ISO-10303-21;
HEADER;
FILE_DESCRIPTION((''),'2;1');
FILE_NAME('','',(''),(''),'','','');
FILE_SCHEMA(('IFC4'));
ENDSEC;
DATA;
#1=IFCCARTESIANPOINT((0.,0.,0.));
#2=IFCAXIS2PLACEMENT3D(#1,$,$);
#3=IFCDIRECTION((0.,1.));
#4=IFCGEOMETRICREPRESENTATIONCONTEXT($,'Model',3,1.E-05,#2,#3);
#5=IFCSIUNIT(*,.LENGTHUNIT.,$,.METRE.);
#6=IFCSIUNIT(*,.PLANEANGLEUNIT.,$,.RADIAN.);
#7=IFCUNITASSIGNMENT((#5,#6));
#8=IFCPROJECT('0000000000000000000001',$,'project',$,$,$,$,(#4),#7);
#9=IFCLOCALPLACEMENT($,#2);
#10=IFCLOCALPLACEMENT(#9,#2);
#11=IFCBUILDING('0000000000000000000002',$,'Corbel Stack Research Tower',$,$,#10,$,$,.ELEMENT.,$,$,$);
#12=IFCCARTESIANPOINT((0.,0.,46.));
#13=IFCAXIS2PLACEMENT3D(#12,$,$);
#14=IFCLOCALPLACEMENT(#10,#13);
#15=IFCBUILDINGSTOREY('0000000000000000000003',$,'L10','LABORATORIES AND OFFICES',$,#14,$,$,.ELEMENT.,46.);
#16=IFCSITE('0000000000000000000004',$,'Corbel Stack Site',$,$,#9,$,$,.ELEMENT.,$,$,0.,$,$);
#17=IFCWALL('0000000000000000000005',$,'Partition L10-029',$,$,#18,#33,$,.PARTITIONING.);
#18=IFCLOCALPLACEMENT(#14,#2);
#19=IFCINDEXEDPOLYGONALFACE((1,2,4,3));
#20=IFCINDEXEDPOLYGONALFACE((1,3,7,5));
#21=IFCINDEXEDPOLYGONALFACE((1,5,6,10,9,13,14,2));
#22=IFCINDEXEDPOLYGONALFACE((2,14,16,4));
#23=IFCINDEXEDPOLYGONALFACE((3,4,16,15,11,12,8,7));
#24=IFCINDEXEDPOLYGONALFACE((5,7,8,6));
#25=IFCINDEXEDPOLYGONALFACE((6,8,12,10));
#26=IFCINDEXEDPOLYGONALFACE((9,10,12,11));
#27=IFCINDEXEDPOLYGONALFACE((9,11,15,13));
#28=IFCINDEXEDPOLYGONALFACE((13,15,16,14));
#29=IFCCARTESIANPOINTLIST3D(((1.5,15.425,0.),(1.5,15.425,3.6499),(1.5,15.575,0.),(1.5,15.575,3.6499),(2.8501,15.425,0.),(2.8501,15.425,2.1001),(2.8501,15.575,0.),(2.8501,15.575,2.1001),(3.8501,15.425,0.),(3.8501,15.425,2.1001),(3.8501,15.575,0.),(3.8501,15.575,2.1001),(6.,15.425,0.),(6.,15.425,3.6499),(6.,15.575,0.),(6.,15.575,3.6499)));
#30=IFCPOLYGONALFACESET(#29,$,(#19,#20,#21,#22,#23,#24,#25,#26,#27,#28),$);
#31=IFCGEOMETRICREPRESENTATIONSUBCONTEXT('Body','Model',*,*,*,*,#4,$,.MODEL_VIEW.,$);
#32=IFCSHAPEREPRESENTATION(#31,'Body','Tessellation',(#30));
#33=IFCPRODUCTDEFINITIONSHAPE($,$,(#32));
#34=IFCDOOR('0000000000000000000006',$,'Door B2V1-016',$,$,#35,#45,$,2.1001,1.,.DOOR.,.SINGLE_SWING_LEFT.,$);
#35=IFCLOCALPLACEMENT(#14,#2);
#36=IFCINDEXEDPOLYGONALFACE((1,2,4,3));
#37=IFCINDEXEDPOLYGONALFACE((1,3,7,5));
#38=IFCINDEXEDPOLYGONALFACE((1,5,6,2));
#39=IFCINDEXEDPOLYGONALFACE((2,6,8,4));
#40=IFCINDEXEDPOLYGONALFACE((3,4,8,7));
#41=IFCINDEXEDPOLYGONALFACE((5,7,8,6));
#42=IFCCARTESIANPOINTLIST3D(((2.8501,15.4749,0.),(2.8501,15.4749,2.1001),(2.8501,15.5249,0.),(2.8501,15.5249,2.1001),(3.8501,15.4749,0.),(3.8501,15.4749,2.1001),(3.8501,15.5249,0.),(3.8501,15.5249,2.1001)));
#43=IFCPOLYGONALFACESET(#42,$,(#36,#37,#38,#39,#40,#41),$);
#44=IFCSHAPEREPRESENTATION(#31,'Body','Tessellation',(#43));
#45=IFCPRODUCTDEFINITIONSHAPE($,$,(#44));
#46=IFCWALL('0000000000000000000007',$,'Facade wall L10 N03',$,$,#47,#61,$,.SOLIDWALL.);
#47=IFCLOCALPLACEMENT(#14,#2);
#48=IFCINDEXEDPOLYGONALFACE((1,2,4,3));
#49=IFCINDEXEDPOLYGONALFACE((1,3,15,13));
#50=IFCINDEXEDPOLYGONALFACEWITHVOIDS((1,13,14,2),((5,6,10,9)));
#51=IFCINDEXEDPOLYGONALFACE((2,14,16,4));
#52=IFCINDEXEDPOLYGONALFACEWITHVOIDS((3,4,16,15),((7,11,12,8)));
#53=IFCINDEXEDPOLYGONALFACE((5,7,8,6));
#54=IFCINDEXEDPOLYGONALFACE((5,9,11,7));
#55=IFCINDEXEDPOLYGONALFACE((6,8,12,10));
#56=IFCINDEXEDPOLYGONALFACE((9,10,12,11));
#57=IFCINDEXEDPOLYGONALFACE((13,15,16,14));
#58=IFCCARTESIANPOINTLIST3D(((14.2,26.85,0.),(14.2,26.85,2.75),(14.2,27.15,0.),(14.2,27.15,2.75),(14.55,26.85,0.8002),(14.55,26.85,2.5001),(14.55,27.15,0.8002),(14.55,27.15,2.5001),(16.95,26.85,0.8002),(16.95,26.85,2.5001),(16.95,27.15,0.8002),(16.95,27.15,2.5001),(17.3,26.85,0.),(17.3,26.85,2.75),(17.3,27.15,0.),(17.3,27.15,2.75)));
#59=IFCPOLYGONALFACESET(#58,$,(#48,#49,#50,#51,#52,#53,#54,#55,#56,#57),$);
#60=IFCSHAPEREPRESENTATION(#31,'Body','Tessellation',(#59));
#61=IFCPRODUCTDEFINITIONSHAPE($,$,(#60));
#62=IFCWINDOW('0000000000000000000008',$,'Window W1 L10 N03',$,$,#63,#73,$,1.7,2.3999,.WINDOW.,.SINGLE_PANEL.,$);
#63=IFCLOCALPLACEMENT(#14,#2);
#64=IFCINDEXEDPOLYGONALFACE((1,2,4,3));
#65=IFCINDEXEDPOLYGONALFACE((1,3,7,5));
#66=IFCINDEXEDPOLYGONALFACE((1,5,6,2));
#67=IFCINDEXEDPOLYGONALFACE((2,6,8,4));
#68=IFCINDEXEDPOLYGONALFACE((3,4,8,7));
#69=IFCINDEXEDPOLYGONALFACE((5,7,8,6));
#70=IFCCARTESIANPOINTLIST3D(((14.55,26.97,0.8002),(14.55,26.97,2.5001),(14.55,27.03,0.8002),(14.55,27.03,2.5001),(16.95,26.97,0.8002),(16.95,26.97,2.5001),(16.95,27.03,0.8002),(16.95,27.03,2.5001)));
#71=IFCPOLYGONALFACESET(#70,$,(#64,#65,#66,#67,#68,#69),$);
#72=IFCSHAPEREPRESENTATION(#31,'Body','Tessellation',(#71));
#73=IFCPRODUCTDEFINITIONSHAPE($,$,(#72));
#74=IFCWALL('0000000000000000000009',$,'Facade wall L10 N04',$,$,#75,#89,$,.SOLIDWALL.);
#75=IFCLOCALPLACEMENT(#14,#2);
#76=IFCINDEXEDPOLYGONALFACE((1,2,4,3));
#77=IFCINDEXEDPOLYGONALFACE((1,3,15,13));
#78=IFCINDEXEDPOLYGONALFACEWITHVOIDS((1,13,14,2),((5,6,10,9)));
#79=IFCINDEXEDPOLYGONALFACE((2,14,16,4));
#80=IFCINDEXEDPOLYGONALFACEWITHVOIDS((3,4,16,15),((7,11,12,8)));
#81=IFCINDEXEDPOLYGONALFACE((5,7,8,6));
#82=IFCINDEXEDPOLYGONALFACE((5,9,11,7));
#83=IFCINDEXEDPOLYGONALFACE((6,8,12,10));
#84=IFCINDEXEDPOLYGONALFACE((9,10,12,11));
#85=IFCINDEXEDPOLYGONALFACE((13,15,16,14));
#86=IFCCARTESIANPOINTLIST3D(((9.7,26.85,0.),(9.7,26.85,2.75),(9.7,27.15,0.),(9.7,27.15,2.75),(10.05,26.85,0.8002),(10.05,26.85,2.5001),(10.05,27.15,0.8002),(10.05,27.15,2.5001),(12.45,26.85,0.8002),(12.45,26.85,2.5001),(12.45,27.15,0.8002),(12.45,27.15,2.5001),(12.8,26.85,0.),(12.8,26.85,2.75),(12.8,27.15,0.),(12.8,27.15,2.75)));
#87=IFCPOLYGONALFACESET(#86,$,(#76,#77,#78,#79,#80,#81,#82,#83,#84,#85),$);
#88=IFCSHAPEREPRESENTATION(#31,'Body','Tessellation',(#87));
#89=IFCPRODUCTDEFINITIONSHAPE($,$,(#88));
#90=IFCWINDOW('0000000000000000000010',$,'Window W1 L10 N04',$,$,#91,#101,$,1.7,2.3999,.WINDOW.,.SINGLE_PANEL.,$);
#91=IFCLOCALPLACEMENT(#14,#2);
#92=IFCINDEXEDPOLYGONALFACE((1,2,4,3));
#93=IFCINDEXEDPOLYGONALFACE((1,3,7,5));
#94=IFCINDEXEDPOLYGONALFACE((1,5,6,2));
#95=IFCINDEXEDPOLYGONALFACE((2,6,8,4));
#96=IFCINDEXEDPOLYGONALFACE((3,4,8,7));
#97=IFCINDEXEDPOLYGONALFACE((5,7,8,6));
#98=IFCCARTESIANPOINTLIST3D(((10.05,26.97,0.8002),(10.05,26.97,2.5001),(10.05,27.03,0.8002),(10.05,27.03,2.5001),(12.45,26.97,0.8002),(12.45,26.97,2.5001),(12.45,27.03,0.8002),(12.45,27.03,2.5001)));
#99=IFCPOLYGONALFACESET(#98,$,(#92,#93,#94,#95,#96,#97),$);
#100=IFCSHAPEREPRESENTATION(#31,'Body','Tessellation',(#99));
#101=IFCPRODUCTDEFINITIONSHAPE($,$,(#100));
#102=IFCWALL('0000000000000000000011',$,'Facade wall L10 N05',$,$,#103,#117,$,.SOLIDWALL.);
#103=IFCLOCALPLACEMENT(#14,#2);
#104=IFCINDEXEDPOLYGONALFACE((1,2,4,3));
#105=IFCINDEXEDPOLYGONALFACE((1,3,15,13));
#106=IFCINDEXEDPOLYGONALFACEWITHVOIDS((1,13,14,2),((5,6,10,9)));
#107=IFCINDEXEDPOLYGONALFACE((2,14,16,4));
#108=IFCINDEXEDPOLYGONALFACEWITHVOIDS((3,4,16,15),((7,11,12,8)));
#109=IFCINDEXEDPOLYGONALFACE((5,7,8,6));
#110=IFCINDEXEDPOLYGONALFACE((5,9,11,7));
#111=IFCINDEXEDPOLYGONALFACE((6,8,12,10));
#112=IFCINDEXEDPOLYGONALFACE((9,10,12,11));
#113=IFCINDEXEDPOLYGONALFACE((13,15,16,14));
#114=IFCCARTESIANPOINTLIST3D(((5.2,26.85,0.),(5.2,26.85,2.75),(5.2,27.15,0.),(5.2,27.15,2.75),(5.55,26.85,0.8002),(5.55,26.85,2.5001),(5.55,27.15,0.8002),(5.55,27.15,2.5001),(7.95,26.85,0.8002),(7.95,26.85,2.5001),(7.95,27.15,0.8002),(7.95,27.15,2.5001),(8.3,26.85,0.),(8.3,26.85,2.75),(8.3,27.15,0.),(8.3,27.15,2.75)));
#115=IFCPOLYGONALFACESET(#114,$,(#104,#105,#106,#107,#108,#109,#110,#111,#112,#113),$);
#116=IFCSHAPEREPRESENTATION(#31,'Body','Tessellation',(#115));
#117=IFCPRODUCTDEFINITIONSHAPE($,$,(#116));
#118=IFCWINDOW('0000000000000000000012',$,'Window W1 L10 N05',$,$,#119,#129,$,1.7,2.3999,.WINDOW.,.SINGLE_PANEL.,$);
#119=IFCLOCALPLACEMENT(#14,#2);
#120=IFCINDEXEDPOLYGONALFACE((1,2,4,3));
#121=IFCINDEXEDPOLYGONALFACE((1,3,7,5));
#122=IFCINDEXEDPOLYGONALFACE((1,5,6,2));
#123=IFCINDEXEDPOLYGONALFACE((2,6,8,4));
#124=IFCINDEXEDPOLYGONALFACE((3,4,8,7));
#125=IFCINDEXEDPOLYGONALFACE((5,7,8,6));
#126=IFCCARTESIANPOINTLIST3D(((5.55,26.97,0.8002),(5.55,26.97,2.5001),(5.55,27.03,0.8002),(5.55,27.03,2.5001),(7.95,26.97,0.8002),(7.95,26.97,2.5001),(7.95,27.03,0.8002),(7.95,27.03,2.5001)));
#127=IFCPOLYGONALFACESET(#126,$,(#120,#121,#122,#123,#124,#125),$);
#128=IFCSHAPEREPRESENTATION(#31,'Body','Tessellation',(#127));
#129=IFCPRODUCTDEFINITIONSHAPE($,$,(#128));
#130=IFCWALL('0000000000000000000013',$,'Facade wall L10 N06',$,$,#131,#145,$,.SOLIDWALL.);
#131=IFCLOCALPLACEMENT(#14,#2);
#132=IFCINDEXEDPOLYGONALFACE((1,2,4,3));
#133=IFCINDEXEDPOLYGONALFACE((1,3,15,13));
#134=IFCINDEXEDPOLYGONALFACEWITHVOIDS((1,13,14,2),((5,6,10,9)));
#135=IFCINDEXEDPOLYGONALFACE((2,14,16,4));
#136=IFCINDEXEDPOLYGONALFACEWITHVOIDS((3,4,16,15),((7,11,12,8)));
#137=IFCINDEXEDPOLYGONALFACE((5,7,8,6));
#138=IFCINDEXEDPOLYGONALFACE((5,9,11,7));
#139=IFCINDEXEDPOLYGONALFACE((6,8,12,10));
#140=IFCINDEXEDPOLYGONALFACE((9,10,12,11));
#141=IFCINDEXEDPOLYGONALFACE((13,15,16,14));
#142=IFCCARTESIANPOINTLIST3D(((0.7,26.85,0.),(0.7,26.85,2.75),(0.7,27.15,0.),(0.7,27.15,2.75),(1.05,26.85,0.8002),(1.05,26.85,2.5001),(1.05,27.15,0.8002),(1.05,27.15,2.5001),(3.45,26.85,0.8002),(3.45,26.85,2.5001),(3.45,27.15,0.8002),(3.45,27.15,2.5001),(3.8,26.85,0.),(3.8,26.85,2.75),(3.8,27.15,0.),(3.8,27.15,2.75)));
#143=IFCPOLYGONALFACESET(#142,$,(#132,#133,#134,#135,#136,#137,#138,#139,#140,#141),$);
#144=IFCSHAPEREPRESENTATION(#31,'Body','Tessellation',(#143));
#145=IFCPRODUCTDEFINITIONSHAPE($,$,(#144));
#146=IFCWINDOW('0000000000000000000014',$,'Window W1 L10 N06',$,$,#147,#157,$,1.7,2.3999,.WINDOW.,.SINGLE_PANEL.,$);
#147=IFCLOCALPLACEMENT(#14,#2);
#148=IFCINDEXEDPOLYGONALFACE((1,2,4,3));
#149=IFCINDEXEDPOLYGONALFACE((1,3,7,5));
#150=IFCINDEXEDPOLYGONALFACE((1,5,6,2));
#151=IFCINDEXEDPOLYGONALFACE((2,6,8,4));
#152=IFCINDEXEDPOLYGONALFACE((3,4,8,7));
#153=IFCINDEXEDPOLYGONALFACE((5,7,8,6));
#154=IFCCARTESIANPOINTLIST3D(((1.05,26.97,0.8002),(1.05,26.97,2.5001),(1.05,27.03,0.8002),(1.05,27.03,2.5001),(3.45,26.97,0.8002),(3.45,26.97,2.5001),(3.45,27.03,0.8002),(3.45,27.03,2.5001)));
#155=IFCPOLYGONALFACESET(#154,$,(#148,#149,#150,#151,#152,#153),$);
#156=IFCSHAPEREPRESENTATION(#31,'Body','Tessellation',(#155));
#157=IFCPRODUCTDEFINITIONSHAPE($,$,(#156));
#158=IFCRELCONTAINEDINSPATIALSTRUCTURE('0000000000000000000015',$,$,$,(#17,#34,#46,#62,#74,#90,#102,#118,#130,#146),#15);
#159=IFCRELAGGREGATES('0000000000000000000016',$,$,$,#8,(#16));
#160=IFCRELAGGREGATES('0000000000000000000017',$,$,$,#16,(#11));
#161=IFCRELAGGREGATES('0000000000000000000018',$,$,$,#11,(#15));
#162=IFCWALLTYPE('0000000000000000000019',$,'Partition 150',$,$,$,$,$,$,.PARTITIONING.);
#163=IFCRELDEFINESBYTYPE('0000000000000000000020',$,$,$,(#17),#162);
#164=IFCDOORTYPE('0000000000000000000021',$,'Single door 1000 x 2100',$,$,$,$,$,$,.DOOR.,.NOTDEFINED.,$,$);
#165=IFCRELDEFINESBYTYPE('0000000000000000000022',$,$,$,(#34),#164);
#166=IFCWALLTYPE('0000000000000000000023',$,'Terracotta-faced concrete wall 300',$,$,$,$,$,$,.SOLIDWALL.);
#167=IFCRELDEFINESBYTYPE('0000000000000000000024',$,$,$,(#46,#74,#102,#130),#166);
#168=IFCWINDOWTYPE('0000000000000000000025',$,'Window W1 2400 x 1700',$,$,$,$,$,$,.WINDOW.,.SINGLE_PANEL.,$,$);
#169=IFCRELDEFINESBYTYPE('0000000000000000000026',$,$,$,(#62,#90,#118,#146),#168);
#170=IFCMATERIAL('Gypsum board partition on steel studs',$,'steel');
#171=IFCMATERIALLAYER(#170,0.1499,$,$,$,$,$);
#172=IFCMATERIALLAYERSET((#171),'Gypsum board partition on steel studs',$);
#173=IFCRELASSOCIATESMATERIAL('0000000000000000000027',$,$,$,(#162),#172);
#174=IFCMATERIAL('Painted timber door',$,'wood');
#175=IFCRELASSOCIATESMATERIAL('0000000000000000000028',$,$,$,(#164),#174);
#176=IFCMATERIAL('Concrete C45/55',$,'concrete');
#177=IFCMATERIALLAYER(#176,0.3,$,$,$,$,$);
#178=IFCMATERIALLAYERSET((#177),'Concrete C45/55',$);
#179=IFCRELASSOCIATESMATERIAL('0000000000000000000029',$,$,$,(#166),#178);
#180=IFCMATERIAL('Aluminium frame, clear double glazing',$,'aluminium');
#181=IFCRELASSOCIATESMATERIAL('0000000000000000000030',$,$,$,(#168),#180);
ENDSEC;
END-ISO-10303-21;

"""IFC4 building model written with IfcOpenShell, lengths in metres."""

from ifc_helpers import new_model, si_unit, direction, frame, frame_2d, origin, place, context, subcontext, project, spatial, rectangle, extrude, material, layer, layer_set, type_object, element, fill, save


model = new_model("IFC4")

# Units and contexts
model_context = context("Model", 3, precision=1e-05, world=origin(), true_north=direction((0.0, 1.0)))
body_context = subcontext(model_context, "Body", "Model", "MODEL_VIEW")
ifc_project = project(units=[si_unit("LENGTHUNIT", "METRE"), si_unit("PLANEANGLEUNIT", "RADIAN")], contexts=[model_context])

# Site, building, storey
site_placement = place(None, origin())
site = spatial("IfcSite", under=ifc_project, at=site_placement, Name="Corbel Stack Site", CompositionType="ELEMENT", RefElevation=0.0)
building_placement = place(site_placement, origin())
building = spatial("IfcBuilding", under=site, at=building_placement, Name="Corbel Stack Research Tower", CompositionType="ELEMENT")
storey_placement = place(building_placement, frame((0.0, 0.0, 46.0)))
storey = spatial("IfcBuildingStorey", under=building, at=storey_placement, Name="L10", Description="LABORATORIES AND OFFICES", CompositionType="ELEMENT", Elevation=46.0)

# Wall, opening, door
ifc_material_1 = material(Name="Gypsum board partition on steel studs", Category="steel")
ifc_layer_1 = layer(ifc_material_1, 0.1499)
ifc_layer_set_1 = layer_set([ifc_layer_1], Name="Gypsum board partition on steel studs")
wall_type_1 = type_object("IfcWallType", Name="Partition 150", PredefinedType="PARTITIONING", material=ifc_layer_set_1)
wall_1_placement = place(storey_placement, frame((1.5, 15.5, 0.0), z_axis=(0.0, 0.0, 1.0), x_axis=(1.0, 0.0, 0.0)))
wall_1 = element("IfcWall", 1, at=wall_1_placement, inside=storey, type_object=wall_type_1, Name="Partition L10-029", PredefinedType="PARTITIONING", context=body_context, shape_type="SweptSolid", body=[
    extrude(rectangle(XDim=4.5, YDim=0.1499, at=frame_2d((2.25, 0.0))), origin(), (0.0, 0.0, 1.0), 3.6499),
])
opening_1_placement = place(wall_1_placement, frame((1.3501, 0.0, 0.0)))
opening_1 = element("IfcOpeningElement", 2, at=opening_1_placement, cuts=wall_1, PredefinedType="OPENING", context=body_context, shape_type="SweptSolid", body=[
    extrude(rectangle(XDim=1.0, YDim=2.1001, at=frame_2d((0.5, 1.05))), frame((0.0, 0.085, 0.0), z_axis=(0.0, -1.0, 0.0), x_axis=(1.0, 0.0, 0.0)), (0.0, 0.0, 1.0), 0.1699),
])
ifc_material_2 = material(Name="Painted timber door", Category="wood")
door_type = type_object("IfcDoorType", Name="Single door 1000 x 2100", OperationType="NOTDEFINED", PredefinedType="DOOR", material=ifc_material_2)
door_placement = place(opening_1_placement, origin())
door = element("IfcDoor", 3, at=door_placement, inside=storey, type_object=door_type, Name="Door B2V1-016", OperationType="SINGLE_SWING_LEFT", OverallHeight=2.1001, OverallWidth=1.0, PredefinedType="DOOR", context=body_context, shape_type="SweptSolid", body=[
    extrude(rectangle(XDim=1.0, YDim=2.1001, at=frame_2d((0.5, 1.05))), frame((0.0, 0.0249, 0.0), z_axis=(0.0, -1.0, 0.0), x_axis=(1.0, 0.0, 0.0)), (0.0, 0.0, 1.0), 0.05),
])
fill(opening_1, door)

# Walls, openings, windows
ifc_material_3 = material(Name="Concrete C45/55", Category="concrete")
ifc_layer_2 = layer(ifc_material_3, 0.3)
ifc_layer_set_2 = layer_set([ifc_layer_2], Name="Concrete C45/55")
wall_type_2 = type_object("IfcWallType", Name="Terracotta-faced concrete wall 300", PredefinedType="SOLIDWALL", material=ifc_layer_set_2)
wall_2_placement = place(storey_placement, frame((14.2, 27.0, 0.0), z_axis=(0.0, 0.0, 1.0), x_axis=(1.0, 0.0, 0.0)))
wall_2 = element("IfcWall", 4, at=wall_2_placement, inside=storey, type_object=wall_type_2, Name="Facade wall L10 N03", PredefinedType="SOLIDWALL", context=body_context, shape_type="SweptSolid", body=[
    extrude(rectangle(XDim=3.1001, YDim=0.3, at=frame_2d((1.55, 0.0))), origin(), (0.0, 0.0, 1.0), 2.75),
])
opening_2_placement = place(wall_2_placement, frame((0.3501, 0.0, 0.8)))
opening_2 = element("IfcOpeningElement", 5, at=opening_2_placement, cuts=wall_2, PredefinedType="OPENING", context=body_context, shape_type="SweptSolid", body=[
    extrude(rectangle(XDim=2.3999, YDim=1.7, at=frame_2d((1.2, 0.8501))), frame((0.0, 0.1599, 0.0), z_axis=(0.0, -1.0, 0.0), x_axis=(1.0, 0.0, 0.0)), (0.0, 0.0, 1.0), 0.3201),
])
ifc_material_4 = material(Name="Aluminium frame, clear double glazing", Category="aluminium")
window_type = type_object("IfcWindowType", Name="Window W1 2400 x 1700", PartitioningType="SINGLE_PANEL", PredefinedType="WINDOW", material=ifc_material_4)
window_1_placement = place(opening_2_placement, origin())
window_1 = element("IfcWindow", 6, at=window_1_placement, inside=storey, type_object=window_type, Name="Window W1 L10 N03", OverallHeight=1.7, OverallWidth=2.3999, PartitioningType="SINGLE_PANEL", PredefinedType="WINDOW", context=body_context, shape_type="SweptSolid", body=[
    extrude(rectangle(XDim=2.3999, YDim=1.7, at=frame_2d((1.2, 0.8501))), frame((0.0, 0.03, 0.0), z_axis=(0.0, -1.0, 0.0), x_axis=(1.0, 0.0, 0.0)), (0.0, 0.0, 1.0), 0.0601),
])
fill(opening_2, window_1)
wall_3_placement = place(storey_placement, frame((9.7, 27.0, 0.0), z_axis=(0.0, 0.0, 1.0), x_axis=(1.0, 0.0, 0.0)))
wall_3 = element("IfcWall", 7, at=wall_3_placement, inside=storey, type_object=wall_type_2, Name="Facade wall L10 N04", PredefinedType="SOLIDWALL", context=body_context, shape_type="SweptSolid", body=[
    extrude(rectangle(XDim=3.1001, YDim=0.3, at=frame_2d((1.55, 0.0))), origin(), (0.0, 0.0, 1.0), 2.75),
])
opening_3_placement = place(wall_3_placement, frame((0.3501, 0.0, 0.8)))
opening_3 = element("IfcOpeningElement", 8, at=opening_3_placement, cuts=wall_3, PredefinedType="OPENING", context=body_context, shape_type="SweptSolid", body=[
    extrude(rectangle(XDim=2.3999, YDim=1.7, at=frame_2d((1.2, 0.8501))), frame((0.0, 0.1599, 0.0), z_axis=(0.0, -1.0, 0.0), x_axis=(1.0, 0.0, 0.0)), (0.0, 0.0, 1.0), 0.3201),
])
window_2_placement = place(opening_3_placement, origin())
window_2 = element("IfcWindow", 9, at=window_2_placement, inside=storey, type_object=window_type, Name="Window W1 L10 N04", OverallHeight=1.7, OverallWidth=2.3999, PartitioningType="SINGLE_PANEL", PredefinedType="WINDOW", context=body_context, shape_type="SweptSolid", body=[
    extrude(rectangle(XDim=2.3999, YDim=1.7, at=frame_2d((1.2, 0.8501))), frame((0.0, 0.03, 0.0), z_axis=(0.0, -1.0, 0.0), x_axis=(1.0, 0.0, 0.0)), (0.0, 0.0, 1.0), 0.0601),
])
fill(opening_3, window_2)
wall_4_placement = place(storey_placement, frame((5.2, 27.0, 0.0), z_axis=(0.0, 0.0, 1.0), x_axis=(1.0, 0.0, 0.0)))
wall_4 = element("IfcWall", 10, at=wall_4_placement, inside=storey, type_object=wall_type_2, Name="Facade wall L10 N05", PredefinedType="SOLIDWALL", context=body_context, shape_type="SweptSolid", body=[
    extrude(rectangle(XDim=3.1001, YDim=0.3, at=frame_2d((1.55, 0.0))), origin(), (0.0, 0.0, 1.0), 2.75),
])
opening_4_placement = place(wall_4_placement, frame((0.3501, 0.0, 0.8)))
opening_4 = element("IfcOpeningElement", 11, at=opening_4_placement, cuts=wall_4, PredefinedType="OPENING", context=body_context, shape_type="SweptSolid", body=[
    extrude(rectangle(XDim=2.3999, YDim=1.7, at=frame_2d((1.2, 0.8501))), frame((0.0, 0.1599, 0.0), z_axis=(0.0, -1.0, 0.0), x_axis=(1.0, 0.0, 0.0)), (0.0, 0.0, 1.0), 0.3201),
])
window_3_placement = place(opening_4_placement, origin())
window_3 = element("IfcWindow", 12, at=window_3_placement, inside=storey, type_object=window_type, Name="Window W1 L10 N05", OverallHeight=1.7, OverallWidth=2.3999, PartitioningType="SINGLE_PANEL", PredefinedType="WINDOW", context=body_context, shape_type="SweptSolid", body=[
    extrude(rectangle(XDim=2.3999, YDim=1.7, at=frame_2d((1.2, 0.8501))), frame((0.0, 0.03, 0.0), z_axis=(0.0, -1.0, 0.0), x_axis=(1.0, 0.0, 0.0)), (0.0, 0.0, 1.0), 0.0601),
])
fill(opening_4, window_3)
wall_5_placement = place(storey_placement, frame((0.7, 27.0, 0.0), z_axis=(0.0, 0.0, 1.0), x_axis=(1.0, 0.0, 0.0)))
wall_5 = element("IfcWall", 13, at=wall_5_placement, inside=storey, type_object=wall_type_2, Name="Facade wall L10 N06", PredefinedType="SOLIDWALL", context=body_context, shape_type="SweptSolid", body=[
    extrude(rectangle(XDim=3.1001, YDim=0.3, at=frame_2d((1.55, 0.0))), origin(), (0.0, 0.0, 1.0), 2.75),
])
opening_5_placement = place(wall_5_placement, frame((0.3501, 0.0, 0.8)))
opening_5 = element("IfcOpeningElement", 14, at=opening_5_placement, cuts=wall_5, PredefinedType="OPENING", context=body_context, shape_type="SweptSolid", body=[
    extrude(rectangle(XDim=2.3999, YDim=1.7, at=frame_2d((1.2, 0.8501))), frame((0.0, 0.1599, 0.0), z_axis=(0.0, -1.0, 0.0), x_axis=(1.0, 0.0, 0.0)), (0.0, 0.0, 1.0), 0.3201),
])
window_4_placement = place(opening_5_placement, origin())
window_4 = element("IfcWindow", 15, at=window_4_placement, inside=storey, type_object=window_type, Name="Window W1 L10 N06", OverallHeight=1.7, OverallWidth=2.3999, PartitioningType="SINGLE_PANEL", PredefinedType="WINDOW", context=body_context, shape_type="SweptSolid", body=[
    extrude(rectangle(XDim=2.3999, YDim=1.7, at=frame_2d((1.2, 0.8501))), frame((0.0, 0.03, 0.0), z_axis=(0.0, -1.0, 0.0), x_axis=(1.0, 0.0, 0.0)), (0.0, 0.0, 1.0), 0.0601),
])
fill(opening_5, window_4)

save(model, "model.ifc")
